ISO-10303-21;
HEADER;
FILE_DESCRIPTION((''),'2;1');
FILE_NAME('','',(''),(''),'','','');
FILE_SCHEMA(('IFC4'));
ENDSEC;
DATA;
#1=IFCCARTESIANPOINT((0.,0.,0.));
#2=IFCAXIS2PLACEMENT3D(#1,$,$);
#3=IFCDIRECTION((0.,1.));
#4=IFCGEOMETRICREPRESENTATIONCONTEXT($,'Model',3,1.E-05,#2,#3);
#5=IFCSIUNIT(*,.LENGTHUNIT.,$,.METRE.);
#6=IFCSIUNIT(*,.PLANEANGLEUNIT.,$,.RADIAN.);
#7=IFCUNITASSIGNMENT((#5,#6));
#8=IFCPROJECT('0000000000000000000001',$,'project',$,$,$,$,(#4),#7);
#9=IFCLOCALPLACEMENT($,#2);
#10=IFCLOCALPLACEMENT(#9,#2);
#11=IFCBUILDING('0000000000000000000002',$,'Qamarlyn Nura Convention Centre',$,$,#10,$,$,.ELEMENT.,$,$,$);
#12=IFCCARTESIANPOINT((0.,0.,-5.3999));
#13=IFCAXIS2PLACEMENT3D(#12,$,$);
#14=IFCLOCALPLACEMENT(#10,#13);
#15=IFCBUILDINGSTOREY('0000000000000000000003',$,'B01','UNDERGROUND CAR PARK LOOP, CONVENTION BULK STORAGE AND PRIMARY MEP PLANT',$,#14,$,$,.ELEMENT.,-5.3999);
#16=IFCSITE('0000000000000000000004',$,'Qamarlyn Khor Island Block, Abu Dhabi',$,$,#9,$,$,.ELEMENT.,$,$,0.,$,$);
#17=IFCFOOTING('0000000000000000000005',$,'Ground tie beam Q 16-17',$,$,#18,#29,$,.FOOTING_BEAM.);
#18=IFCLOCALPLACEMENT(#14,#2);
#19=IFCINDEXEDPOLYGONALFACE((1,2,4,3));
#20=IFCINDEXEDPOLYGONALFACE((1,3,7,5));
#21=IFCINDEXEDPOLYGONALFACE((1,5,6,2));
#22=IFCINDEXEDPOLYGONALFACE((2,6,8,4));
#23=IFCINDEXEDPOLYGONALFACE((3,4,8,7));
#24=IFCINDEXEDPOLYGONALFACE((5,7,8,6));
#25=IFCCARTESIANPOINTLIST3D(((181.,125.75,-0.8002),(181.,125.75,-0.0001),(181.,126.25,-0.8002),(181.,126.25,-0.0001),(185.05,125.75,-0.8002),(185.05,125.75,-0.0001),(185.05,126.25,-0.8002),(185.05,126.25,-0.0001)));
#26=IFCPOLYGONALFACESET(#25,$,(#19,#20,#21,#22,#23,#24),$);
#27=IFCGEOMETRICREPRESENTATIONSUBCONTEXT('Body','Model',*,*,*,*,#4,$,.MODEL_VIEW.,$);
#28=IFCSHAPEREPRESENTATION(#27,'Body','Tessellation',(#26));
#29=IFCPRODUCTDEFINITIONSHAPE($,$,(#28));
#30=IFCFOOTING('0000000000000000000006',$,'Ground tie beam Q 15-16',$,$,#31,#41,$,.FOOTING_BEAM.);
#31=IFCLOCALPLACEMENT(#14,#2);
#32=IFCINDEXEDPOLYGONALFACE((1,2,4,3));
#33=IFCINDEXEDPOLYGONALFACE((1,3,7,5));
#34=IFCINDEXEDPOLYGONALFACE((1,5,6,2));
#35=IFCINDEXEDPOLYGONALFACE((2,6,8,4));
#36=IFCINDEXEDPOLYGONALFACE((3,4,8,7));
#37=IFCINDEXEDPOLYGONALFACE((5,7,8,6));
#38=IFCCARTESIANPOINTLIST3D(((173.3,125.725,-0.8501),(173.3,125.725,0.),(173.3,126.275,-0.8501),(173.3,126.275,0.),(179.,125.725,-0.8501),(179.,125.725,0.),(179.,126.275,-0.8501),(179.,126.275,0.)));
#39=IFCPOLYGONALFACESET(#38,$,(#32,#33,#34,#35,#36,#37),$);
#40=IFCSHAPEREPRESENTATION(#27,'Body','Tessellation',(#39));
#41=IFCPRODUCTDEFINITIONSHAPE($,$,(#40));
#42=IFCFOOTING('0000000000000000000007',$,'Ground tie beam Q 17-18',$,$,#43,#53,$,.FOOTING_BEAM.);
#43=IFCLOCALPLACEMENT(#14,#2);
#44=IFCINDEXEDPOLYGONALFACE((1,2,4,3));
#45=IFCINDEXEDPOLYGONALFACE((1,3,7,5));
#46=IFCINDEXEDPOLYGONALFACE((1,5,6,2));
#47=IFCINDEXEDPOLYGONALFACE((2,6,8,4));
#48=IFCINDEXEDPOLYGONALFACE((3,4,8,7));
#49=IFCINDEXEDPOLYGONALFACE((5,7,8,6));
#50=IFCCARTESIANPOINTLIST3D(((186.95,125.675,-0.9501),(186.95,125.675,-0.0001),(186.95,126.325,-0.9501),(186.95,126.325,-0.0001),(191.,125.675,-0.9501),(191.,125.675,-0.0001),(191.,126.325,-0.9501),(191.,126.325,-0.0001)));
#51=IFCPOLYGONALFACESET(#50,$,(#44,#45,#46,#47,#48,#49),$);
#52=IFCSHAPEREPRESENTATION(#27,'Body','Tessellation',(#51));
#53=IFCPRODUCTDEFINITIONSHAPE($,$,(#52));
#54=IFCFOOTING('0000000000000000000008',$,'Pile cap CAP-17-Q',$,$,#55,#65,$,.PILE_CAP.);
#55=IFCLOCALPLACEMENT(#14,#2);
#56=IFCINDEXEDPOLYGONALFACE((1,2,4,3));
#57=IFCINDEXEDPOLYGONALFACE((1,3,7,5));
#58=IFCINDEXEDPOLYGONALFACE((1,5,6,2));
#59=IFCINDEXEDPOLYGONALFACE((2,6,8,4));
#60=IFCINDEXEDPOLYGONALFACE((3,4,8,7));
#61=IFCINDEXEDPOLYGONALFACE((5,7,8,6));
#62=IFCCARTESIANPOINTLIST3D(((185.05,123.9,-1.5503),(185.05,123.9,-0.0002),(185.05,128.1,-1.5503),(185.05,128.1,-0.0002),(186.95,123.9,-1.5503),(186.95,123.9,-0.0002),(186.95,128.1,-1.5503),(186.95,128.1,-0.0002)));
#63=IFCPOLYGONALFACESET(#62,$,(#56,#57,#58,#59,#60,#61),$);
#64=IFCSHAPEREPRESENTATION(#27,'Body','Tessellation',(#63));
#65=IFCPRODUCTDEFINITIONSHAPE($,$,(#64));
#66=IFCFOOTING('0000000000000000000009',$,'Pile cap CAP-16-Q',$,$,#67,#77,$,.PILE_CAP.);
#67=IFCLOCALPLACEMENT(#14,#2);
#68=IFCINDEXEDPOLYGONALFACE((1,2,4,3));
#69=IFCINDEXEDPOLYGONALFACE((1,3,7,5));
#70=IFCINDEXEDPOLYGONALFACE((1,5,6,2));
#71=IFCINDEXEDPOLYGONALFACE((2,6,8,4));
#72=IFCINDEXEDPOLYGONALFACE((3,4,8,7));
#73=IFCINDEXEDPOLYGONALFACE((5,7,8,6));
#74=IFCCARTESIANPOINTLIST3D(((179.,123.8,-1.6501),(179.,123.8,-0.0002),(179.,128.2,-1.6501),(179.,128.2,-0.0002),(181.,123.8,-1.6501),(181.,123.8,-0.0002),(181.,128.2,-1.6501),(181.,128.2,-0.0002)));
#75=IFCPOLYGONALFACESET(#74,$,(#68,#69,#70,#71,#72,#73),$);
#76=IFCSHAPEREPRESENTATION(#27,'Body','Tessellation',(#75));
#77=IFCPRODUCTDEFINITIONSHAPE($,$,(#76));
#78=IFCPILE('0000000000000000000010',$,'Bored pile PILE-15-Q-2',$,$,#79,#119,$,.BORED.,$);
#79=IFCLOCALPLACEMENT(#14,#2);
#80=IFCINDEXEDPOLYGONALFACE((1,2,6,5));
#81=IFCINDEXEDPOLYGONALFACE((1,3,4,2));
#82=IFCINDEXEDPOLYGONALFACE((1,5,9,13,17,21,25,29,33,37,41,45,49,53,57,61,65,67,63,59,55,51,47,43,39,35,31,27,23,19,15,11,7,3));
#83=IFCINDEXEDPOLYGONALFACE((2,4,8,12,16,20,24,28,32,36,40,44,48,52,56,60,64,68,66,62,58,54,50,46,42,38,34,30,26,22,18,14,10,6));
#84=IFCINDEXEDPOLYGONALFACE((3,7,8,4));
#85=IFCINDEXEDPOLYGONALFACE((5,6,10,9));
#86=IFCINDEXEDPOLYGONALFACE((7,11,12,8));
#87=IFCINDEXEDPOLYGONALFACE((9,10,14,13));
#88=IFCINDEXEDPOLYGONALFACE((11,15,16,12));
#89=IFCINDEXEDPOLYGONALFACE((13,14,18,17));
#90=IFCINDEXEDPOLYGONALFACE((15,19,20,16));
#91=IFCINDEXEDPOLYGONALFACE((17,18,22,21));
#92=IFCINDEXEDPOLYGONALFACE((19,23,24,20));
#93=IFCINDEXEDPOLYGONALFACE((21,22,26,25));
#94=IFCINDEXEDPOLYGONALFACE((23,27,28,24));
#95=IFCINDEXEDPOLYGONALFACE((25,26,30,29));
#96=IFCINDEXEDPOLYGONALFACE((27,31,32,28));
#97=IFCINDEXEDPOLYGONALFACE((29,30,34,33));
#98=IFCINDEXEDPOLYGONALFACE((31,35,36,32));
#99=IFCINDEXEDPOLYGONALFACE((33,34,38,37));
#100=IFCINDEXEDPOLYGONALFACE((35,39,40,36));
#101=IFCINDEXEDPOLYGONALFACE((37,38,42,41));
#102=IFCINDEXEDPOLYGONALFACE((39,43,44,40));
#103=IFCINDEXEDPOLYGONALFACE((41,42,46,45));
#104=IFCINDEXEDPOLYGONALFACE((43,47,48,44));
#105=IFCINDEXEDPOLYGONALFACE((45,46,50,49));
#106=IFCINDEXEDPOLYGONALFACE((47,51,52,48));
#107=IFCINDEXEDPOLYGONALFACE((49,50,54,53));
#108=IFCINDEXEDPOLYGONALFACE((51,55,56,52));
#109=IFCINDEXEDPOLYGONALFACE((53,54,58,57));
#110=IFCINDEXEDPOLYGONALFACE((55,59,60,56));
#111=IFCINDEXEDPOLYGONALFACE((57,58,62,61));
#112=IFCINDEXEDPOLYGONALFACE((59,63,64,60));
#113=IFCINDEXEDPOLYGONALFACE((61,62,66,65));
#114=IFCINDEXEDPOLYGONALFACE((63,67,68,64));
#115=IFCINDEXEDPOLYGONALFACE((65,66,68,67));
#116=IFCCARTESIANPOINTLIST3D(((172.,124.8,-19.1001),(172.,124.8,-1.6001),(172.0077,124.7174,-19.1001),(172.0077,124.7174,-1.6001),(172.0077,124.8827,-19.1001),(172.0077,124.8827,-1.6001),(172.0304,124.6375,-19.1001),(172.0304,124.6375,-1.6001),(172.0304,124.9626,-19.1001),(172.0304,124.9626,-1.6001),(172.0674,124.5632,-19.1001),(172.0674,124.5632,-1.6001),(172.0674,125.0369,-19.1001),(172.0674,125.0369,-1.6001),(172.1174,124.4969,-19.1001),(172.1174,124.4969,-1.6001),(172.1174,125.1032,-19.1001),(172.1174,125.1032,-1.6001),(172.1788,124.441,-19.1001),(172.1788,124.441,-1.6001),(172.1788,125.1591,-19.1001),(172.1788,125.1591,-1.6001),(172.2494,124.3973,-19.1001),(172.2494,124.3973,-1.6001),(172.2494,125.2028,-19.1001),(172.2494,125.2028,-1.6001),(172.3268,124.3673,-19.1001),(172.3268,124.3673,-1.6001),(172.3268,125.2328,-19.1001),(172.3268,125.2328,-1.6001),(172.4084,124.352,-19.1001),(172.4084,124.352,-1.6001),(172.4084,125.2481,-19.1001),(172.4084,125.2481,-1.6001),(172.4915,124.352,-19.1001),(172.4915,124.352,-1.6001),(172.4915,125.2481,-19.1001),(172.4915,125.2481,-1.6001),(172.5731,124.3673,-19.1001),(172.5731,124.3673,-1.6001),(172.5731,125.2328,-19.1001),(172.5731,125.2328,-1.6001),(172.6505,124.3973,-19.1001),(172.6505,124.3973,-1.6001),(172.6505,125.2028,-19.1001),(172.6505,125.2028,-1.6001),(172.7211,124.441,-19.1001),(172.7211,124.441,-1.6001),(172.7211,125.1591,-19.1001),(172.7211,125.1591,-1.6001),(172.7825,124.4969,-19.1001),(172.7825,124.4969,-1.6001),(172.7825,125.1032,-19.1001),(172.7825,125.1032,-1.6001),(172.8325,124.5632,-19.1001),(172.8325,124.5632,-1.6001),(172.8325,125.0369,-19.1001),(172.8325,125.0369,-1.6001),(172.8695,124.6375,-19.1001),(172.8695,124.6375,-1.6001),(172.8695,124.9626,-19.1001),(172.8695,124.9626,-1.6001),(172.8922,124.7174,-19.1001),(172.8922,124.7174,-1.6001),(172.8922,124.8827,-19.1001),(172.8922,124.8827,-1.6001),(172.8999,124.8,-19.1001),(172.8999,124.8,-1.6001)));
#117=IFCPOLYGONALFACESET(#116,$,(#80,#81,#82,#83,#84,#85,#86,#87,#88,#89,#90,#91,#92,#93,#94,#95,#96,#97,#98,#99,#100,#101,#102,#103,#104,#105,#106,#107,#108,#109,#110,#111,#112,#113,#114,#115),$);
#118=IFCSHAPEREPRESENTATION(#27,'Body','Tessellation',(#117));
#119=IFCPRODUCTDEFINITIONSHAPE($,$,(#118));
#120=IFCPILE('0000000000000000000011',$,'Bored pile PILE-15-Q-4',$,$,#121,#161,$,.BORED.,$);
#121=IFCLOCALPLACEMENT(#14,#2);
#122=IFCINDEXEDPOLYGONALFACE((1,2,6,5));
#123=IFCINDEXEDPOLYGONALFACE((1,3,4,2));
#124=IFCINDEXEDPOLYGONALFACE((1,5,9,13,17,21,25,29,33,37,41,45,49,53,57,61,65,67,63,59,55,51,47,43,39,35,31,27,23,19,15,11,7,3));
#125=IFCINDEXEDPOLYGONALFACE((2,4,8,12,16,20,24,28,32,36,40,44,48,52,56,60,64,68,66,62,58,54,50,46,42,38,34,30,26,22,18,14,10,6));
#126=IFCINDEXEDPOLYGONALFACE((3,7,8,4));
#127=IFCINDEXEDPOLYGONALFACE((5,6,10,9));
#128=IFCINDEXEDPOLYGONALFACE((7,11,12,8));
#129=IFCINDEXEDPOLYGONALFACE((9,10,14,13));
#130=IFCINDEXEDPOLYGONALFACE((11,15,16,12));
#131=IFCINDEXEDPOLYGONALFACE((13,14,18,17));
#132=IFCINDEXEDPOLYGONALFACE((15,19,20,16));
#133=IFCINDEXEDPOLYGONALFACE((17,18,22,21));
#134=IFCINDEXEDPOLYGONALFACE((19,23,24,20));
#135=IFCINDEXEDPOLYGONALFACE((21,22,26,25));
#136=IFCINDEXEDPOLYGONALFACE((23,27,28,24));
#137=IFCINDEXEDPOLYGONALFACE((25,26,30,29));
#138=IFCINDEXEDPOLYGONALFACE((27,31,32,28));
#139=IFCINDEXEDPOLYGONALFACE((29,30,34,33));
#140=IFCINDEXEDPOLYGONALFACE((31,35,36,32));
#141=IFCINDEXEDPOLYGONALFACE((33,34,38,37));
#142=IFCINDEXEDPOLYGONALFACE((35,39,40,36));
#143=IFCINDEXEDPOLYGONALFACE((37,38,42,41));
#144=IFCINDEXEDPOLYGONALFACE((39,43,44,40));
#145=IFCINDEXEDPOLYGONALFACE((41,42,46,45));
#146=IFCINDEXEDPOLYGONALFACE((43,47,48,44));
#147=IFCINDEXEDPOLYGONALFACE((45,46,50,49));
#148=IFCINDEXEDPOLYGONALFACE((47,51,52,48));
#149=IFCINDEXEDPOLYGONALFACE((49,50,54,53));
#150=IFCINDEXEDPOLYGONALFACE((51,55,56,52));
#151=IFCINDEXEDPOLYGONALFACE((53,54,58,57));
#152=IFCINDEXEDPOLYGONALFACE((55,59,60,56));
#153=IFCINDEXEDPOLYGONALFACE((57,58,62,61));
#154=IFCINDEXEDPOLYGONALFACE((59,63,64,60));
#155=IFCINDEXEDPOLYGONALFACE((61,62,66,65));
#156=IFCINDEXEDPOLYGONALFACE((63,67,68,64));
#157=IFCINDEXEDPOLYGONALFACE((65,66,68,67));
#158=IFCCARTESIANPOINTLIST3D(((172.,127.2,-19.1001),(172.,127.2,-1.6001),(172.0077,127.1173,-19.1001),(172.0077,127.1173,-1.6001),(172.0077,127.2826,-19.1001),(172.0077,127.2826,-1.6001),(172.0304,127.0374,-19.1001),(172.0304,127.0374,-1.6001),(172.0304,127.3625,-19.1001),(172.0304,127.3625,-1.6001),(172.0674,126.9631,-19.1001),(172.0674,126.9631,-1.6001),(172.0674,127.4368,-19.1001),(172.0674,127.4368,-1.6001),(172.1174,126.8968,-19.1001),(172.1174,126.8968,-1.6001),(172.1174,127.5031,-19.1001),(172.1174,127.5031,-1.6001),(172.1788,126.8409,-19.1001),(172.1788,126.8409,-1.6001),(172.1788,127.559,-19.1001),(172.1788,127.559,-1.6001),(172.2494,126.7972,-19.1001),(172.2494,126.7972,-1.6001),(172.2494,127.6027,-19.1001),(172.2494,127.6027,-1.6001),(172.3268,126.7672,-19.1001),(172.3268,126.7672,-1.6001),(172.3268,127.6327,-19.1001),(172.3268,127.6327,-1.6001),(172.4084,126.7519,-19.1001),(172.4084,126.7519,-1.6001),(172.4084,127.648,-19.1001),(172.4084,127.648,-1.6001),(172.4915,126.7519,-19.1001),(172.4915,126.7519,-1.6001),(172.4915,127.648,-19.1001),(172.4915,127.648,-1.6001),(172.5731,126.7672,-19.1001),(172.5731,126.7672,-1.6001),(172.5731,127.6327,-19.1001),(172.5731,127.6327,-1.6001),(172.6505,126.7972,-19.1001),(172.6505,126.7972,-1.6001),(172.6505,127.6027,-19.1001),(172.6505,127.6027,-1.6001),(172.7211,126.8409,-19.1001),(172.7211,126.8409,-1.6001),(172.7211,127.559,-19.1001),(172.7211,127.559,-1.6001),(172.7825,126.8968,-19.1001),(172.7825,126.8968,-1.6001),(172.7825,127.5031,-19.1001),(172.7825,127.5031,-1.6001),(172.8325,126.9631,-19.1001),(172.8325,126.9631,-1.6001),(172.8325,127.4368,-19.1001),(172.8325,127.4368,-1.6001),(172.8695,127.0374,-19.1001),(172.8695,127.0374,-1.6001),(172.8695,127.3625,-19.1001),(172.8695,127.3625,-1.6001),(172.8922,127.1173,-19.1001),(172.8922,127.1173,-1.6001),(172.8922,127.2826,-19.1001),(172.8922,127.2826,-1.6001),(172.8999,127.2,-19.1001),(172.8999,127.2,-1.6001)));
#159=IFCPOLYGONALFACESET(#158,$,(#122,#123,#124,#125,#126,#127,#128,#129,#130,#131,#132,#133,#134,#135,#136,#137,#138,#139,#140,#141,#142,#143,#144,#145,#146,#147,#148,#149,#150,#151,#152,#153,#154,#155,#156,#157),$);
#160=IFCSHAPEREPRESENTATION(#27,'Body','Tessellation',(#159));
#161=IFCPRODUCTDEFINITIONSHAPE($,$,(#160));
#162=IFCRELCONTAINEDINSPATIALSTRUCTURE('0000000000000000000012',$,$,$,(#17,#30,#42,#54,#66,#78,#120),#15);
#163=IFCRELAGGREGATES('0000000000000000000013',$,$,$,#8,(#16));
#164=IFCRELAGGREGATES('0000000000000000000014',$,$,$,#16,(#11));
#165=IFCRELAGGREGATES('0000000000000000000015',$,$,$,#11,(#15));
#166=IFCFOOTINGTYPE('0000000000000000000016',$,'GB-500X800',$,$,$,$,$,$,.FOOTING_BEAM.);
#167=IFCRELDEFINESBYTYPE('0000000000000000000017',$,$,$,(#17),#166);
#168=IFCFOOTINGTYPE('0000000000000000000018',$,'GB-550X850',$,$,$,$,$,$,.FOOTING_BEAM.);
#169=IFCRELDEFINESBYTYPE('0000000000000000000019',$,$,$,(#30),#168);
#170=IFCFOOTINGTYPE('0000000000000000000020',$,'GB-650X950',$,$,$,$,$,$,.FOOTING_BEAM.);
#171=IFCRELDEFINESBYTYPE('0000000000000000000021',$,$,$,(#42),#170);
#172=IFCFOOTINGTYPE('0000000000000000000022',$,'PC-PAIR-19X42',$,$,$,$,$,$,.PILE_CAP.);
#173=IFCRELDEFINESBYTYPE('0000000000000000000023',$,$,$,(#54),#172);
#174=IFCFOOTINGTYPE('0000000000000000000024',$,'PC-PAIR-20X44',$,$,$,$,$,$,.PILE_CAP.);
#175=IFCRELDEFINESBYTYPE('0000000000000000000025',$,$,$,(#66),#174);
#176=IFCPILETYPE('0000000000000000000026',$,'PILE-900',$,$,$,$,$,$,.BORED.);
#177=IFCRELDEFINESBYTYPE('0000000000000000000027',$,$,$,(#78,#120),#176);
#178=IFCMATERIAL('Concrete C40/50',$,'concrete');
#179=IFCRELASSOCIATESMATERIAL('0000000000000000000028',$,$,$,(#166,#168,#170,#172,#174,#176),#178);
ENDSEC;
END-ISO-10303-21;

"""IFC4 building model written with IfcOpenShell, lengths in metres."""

from ifc_helpers import new_model, si_unit, direction, frame, origin, origin_2d, place, context, subcontext, project, spatial, rectangle, circle, extrude, material, material_profile, profile_set, type_object, element, save


model = new_model("IFC4")

# Units and contexts
model_context = context("Model", 3, precision=1e-05, world=origin(), true_north=direction((0.0, 1.0)))
body_context = subcontext(model_context, "Body", "Model", "MODEL_VIEW")
ifc_project = project(units=[si_unit("LENGTHUNIT", "METRE"), si_unit("PLANEANGLEUNIT", "RADIAN")], contexts=[model_context])

# Site, building, storey
site_placement = place(None, origin())
site = spatial("IfcSite", under=ifc_project, at=site_placement, Name="Qamarlyn Khor Island Block, Abu Dhabi", CompositionType="ELEMENT", RefElevation=0.0)
building_placement = place(site_placement, origin())
building = spatial("IfcBuilding", under=site, at=building_placement, Name="Qamarlyn Nura Convention Centre", CompositionType="ELEMENT")
storey_placement = place(building_placement, frame((0.0, 0.0, -5.3999)))
storey = spatial("IfcBuildingStorey", under=building, at=storey_placement, Name="B01", Description="UNDERGROUND CAR PARK LOOP, CONVENTION BULK STORAGE AND PRIMARY MEP PLANT", CompositionType="ELEMENT", Elevation=-5.3999)

# Footings
ifc_material_1 = material(Name="Concrete C40/50", Category="concrete")
ifc_material_profile_1 = material_profile(ifc_material_1, rectangle(XDim=0.5, YDim=0.8, at=origin_2d()), Name="RC GB 500x800")
ifc_profile_set_1 = profile_set([ifc_material_profile_1], Name="Concrete C40/50")
footing_type_1 = type_object("IfcFootingType", Name="GB-500X800", PredefinedType="FOOTING_BEAM", material=ifc_profile_set_1)
footing_1_placement = place(storey_placement, frame((181.0, 126.0, -0.4001), z_axis=(1.0, 0.0, 0.0), x_axis=(0.0, 1.0, 0.0)))
element("IfcFooting", 1, at=footing_1_placement, inside=storey, type_object=footing_type_1, Name="Ground tie beam Q 16-17", PredefinedType="FOOTING_BEAM", context=body_context, shape_type="SweptSolid", body=[
    extrude(rectangle(XDim=0.5, YDim=0.8, at=origin_2d()), origin(), (0.0, 0.0, 1.0), 4.05),
])
ifc_material_profile_2 = material_profile(ifc_material_1, rectangle(XDim=0.55, YDim=0.8501, at=origin_2d()), Name="RC GB 550x850")
ifc_profile_set_2 = profile_set([ifc_material_profile_2], Name="Concrete C40/50")
footing_type_2 = type_object("IfcFootingType", Name="GB-550X850", PredefinedType="FOOTING_BEAM", material=ifc_profile_set_2)
footing_2_placement = place(storey_placement, frame((173.3, 126.0, -0.425), z_axis=(1.0, 0.0, 0.0), x_axis=(0.0, 1.0, 0.0)))
element("IfcFooting", 2, at=footing_2_placement, inside=storey, type_object=footing_type_2, Name="Ground tie beam Q 15-16", PredefinedType="FOOTING_BEAM", context=body_context, shape_type="SweptSolid", body=[
    extrude(rectangle(XDim=0.55, YDim=0.8501, at=origin_2d()), origin(), (0.0, 0.0, 1.0), 5.7),
])
ifc_material_profile_3 = material_profile(ifc_material_1, rectangle(XDim=0.6499, YDim=0.95, at=origin_2d()), Name="RC GB 650x950")
ifc_profile_set_3 = profile_set([ifc_material_profile_3], Name="Concrete C40/50")
footing_type_3 = type_object("IfcFootingType", Name="GB-650X950", PredefinedType="FOOTING_BEAM", material=ifc_profile_set_3)
footing_3_placement = place(storey_placement, frame((186.95, 126.0, -0.4751), z_axis=(1.0, 0.0, 0.0), x_axis=(0.0, 1.0, 0.0)))
element("IfcFooting", 3, at=footing_3_placement, inside=storey, type_object=footing_type_3, Name="Ground tie beam Q 17-18", PredefinedType="FOOTING_BEAM", context=body_context, shape_type="SweptSolid", body=[
    extrude(rectangle(XDim=0.6499, YDim=0.95, at=origin_2d()), origin(), (0.0, 0.0, 1.0), 4.05),
])
footing_type_4 = type_object("IfcFootingType", Name="PC-PAIR-19X42", PredefinedType="PILE_CAP", material=ifc_material_1)
footing_4_placement = place(storey_placement, frame((186.0, 126.0, -1.5503), z_axis=(0.0, 0.0, 1.0), x_axis=(1.0, 0.0, 0.0)))
element("IfcFooting", 4, at=footing_4_placement, inside=storey, type_object=footing_type_4, Name="Pile cap CAP-17-Q", PredefinedType="PILE_CAP", context=body_context, shape_type="SweptSolid", body=[
    extrude(rectangle(XDim=1.8999, YDim=4.2, at=origin_2d()), origin(), (0.0, 0.0, 1.0), 1.55),
])
footing_type_5 = type_object("IfcFootingType", Name="PC-PAIR-20X44", PredefinedType="PILE_CAP", material=ifc_material_1)
footing_5_placement = place(storey_placement, frame((180.0, 126.0, -1.6501), z_axis=(0.0, 0.0, 1.0), x_axis=(1.0, 0.0, 0.0)))
element("IfcFooting", 5, at=footing_5_placement, inside=storey, type_object=footing_type_5, Name="Pile cap CAP-16-Q", PredefinedType="PILE_CAP", context=body_context, shape_type="SweptSolid", body=[
    extrude(rectangle(XDim=2.0, YDim=4.3999, at=origin_2d()), origin(), (0.0, 0.0, 1.0), 1.6499),
])

# Piles
ifc_material_profile_4 = material_profile(ifc_material_1, circle(Radius=0.45, at=origin_2d()), Name="BORED PILE 900")
ifc_profile_set_4 = profile_set([ifc_material_profile_4], Name="Concrete C40/50")
pile_type = type_object("IfcPileType", Name="PILE-900", PredefinedType="BORED", material=ifc_profile_set_4)
for number, where, z_axis, x_axis, name in (
    (6, (172.45, 124.8, -1.6001), (0.0, 0.0, -1.0), (1.0, 0.0, 0.0), "Bored pile PILE-15-Q-2"),
    (7, (172.45, 127.2, -1.6001), (0.0, 0.0, -1.0), (1.0, 0.0, 0.0), "Bored pile PILE-15-Q-4"),
):
    element("IfcPile", number, at=place(storey_placement, frame(where, z_axis=z_axis, x_axis=x_axis)), inside=storey, type_object=pile_type, Name=name, PredefinedType="BORED", context=body_context, shape_type="SweptSolid", body=[
        extrude(circle(Radius=0.45, at=origin_2d()), origin(), (0.0, 0.0, 1.0), 17.5),
    ])

save(model, "model.ifc")
